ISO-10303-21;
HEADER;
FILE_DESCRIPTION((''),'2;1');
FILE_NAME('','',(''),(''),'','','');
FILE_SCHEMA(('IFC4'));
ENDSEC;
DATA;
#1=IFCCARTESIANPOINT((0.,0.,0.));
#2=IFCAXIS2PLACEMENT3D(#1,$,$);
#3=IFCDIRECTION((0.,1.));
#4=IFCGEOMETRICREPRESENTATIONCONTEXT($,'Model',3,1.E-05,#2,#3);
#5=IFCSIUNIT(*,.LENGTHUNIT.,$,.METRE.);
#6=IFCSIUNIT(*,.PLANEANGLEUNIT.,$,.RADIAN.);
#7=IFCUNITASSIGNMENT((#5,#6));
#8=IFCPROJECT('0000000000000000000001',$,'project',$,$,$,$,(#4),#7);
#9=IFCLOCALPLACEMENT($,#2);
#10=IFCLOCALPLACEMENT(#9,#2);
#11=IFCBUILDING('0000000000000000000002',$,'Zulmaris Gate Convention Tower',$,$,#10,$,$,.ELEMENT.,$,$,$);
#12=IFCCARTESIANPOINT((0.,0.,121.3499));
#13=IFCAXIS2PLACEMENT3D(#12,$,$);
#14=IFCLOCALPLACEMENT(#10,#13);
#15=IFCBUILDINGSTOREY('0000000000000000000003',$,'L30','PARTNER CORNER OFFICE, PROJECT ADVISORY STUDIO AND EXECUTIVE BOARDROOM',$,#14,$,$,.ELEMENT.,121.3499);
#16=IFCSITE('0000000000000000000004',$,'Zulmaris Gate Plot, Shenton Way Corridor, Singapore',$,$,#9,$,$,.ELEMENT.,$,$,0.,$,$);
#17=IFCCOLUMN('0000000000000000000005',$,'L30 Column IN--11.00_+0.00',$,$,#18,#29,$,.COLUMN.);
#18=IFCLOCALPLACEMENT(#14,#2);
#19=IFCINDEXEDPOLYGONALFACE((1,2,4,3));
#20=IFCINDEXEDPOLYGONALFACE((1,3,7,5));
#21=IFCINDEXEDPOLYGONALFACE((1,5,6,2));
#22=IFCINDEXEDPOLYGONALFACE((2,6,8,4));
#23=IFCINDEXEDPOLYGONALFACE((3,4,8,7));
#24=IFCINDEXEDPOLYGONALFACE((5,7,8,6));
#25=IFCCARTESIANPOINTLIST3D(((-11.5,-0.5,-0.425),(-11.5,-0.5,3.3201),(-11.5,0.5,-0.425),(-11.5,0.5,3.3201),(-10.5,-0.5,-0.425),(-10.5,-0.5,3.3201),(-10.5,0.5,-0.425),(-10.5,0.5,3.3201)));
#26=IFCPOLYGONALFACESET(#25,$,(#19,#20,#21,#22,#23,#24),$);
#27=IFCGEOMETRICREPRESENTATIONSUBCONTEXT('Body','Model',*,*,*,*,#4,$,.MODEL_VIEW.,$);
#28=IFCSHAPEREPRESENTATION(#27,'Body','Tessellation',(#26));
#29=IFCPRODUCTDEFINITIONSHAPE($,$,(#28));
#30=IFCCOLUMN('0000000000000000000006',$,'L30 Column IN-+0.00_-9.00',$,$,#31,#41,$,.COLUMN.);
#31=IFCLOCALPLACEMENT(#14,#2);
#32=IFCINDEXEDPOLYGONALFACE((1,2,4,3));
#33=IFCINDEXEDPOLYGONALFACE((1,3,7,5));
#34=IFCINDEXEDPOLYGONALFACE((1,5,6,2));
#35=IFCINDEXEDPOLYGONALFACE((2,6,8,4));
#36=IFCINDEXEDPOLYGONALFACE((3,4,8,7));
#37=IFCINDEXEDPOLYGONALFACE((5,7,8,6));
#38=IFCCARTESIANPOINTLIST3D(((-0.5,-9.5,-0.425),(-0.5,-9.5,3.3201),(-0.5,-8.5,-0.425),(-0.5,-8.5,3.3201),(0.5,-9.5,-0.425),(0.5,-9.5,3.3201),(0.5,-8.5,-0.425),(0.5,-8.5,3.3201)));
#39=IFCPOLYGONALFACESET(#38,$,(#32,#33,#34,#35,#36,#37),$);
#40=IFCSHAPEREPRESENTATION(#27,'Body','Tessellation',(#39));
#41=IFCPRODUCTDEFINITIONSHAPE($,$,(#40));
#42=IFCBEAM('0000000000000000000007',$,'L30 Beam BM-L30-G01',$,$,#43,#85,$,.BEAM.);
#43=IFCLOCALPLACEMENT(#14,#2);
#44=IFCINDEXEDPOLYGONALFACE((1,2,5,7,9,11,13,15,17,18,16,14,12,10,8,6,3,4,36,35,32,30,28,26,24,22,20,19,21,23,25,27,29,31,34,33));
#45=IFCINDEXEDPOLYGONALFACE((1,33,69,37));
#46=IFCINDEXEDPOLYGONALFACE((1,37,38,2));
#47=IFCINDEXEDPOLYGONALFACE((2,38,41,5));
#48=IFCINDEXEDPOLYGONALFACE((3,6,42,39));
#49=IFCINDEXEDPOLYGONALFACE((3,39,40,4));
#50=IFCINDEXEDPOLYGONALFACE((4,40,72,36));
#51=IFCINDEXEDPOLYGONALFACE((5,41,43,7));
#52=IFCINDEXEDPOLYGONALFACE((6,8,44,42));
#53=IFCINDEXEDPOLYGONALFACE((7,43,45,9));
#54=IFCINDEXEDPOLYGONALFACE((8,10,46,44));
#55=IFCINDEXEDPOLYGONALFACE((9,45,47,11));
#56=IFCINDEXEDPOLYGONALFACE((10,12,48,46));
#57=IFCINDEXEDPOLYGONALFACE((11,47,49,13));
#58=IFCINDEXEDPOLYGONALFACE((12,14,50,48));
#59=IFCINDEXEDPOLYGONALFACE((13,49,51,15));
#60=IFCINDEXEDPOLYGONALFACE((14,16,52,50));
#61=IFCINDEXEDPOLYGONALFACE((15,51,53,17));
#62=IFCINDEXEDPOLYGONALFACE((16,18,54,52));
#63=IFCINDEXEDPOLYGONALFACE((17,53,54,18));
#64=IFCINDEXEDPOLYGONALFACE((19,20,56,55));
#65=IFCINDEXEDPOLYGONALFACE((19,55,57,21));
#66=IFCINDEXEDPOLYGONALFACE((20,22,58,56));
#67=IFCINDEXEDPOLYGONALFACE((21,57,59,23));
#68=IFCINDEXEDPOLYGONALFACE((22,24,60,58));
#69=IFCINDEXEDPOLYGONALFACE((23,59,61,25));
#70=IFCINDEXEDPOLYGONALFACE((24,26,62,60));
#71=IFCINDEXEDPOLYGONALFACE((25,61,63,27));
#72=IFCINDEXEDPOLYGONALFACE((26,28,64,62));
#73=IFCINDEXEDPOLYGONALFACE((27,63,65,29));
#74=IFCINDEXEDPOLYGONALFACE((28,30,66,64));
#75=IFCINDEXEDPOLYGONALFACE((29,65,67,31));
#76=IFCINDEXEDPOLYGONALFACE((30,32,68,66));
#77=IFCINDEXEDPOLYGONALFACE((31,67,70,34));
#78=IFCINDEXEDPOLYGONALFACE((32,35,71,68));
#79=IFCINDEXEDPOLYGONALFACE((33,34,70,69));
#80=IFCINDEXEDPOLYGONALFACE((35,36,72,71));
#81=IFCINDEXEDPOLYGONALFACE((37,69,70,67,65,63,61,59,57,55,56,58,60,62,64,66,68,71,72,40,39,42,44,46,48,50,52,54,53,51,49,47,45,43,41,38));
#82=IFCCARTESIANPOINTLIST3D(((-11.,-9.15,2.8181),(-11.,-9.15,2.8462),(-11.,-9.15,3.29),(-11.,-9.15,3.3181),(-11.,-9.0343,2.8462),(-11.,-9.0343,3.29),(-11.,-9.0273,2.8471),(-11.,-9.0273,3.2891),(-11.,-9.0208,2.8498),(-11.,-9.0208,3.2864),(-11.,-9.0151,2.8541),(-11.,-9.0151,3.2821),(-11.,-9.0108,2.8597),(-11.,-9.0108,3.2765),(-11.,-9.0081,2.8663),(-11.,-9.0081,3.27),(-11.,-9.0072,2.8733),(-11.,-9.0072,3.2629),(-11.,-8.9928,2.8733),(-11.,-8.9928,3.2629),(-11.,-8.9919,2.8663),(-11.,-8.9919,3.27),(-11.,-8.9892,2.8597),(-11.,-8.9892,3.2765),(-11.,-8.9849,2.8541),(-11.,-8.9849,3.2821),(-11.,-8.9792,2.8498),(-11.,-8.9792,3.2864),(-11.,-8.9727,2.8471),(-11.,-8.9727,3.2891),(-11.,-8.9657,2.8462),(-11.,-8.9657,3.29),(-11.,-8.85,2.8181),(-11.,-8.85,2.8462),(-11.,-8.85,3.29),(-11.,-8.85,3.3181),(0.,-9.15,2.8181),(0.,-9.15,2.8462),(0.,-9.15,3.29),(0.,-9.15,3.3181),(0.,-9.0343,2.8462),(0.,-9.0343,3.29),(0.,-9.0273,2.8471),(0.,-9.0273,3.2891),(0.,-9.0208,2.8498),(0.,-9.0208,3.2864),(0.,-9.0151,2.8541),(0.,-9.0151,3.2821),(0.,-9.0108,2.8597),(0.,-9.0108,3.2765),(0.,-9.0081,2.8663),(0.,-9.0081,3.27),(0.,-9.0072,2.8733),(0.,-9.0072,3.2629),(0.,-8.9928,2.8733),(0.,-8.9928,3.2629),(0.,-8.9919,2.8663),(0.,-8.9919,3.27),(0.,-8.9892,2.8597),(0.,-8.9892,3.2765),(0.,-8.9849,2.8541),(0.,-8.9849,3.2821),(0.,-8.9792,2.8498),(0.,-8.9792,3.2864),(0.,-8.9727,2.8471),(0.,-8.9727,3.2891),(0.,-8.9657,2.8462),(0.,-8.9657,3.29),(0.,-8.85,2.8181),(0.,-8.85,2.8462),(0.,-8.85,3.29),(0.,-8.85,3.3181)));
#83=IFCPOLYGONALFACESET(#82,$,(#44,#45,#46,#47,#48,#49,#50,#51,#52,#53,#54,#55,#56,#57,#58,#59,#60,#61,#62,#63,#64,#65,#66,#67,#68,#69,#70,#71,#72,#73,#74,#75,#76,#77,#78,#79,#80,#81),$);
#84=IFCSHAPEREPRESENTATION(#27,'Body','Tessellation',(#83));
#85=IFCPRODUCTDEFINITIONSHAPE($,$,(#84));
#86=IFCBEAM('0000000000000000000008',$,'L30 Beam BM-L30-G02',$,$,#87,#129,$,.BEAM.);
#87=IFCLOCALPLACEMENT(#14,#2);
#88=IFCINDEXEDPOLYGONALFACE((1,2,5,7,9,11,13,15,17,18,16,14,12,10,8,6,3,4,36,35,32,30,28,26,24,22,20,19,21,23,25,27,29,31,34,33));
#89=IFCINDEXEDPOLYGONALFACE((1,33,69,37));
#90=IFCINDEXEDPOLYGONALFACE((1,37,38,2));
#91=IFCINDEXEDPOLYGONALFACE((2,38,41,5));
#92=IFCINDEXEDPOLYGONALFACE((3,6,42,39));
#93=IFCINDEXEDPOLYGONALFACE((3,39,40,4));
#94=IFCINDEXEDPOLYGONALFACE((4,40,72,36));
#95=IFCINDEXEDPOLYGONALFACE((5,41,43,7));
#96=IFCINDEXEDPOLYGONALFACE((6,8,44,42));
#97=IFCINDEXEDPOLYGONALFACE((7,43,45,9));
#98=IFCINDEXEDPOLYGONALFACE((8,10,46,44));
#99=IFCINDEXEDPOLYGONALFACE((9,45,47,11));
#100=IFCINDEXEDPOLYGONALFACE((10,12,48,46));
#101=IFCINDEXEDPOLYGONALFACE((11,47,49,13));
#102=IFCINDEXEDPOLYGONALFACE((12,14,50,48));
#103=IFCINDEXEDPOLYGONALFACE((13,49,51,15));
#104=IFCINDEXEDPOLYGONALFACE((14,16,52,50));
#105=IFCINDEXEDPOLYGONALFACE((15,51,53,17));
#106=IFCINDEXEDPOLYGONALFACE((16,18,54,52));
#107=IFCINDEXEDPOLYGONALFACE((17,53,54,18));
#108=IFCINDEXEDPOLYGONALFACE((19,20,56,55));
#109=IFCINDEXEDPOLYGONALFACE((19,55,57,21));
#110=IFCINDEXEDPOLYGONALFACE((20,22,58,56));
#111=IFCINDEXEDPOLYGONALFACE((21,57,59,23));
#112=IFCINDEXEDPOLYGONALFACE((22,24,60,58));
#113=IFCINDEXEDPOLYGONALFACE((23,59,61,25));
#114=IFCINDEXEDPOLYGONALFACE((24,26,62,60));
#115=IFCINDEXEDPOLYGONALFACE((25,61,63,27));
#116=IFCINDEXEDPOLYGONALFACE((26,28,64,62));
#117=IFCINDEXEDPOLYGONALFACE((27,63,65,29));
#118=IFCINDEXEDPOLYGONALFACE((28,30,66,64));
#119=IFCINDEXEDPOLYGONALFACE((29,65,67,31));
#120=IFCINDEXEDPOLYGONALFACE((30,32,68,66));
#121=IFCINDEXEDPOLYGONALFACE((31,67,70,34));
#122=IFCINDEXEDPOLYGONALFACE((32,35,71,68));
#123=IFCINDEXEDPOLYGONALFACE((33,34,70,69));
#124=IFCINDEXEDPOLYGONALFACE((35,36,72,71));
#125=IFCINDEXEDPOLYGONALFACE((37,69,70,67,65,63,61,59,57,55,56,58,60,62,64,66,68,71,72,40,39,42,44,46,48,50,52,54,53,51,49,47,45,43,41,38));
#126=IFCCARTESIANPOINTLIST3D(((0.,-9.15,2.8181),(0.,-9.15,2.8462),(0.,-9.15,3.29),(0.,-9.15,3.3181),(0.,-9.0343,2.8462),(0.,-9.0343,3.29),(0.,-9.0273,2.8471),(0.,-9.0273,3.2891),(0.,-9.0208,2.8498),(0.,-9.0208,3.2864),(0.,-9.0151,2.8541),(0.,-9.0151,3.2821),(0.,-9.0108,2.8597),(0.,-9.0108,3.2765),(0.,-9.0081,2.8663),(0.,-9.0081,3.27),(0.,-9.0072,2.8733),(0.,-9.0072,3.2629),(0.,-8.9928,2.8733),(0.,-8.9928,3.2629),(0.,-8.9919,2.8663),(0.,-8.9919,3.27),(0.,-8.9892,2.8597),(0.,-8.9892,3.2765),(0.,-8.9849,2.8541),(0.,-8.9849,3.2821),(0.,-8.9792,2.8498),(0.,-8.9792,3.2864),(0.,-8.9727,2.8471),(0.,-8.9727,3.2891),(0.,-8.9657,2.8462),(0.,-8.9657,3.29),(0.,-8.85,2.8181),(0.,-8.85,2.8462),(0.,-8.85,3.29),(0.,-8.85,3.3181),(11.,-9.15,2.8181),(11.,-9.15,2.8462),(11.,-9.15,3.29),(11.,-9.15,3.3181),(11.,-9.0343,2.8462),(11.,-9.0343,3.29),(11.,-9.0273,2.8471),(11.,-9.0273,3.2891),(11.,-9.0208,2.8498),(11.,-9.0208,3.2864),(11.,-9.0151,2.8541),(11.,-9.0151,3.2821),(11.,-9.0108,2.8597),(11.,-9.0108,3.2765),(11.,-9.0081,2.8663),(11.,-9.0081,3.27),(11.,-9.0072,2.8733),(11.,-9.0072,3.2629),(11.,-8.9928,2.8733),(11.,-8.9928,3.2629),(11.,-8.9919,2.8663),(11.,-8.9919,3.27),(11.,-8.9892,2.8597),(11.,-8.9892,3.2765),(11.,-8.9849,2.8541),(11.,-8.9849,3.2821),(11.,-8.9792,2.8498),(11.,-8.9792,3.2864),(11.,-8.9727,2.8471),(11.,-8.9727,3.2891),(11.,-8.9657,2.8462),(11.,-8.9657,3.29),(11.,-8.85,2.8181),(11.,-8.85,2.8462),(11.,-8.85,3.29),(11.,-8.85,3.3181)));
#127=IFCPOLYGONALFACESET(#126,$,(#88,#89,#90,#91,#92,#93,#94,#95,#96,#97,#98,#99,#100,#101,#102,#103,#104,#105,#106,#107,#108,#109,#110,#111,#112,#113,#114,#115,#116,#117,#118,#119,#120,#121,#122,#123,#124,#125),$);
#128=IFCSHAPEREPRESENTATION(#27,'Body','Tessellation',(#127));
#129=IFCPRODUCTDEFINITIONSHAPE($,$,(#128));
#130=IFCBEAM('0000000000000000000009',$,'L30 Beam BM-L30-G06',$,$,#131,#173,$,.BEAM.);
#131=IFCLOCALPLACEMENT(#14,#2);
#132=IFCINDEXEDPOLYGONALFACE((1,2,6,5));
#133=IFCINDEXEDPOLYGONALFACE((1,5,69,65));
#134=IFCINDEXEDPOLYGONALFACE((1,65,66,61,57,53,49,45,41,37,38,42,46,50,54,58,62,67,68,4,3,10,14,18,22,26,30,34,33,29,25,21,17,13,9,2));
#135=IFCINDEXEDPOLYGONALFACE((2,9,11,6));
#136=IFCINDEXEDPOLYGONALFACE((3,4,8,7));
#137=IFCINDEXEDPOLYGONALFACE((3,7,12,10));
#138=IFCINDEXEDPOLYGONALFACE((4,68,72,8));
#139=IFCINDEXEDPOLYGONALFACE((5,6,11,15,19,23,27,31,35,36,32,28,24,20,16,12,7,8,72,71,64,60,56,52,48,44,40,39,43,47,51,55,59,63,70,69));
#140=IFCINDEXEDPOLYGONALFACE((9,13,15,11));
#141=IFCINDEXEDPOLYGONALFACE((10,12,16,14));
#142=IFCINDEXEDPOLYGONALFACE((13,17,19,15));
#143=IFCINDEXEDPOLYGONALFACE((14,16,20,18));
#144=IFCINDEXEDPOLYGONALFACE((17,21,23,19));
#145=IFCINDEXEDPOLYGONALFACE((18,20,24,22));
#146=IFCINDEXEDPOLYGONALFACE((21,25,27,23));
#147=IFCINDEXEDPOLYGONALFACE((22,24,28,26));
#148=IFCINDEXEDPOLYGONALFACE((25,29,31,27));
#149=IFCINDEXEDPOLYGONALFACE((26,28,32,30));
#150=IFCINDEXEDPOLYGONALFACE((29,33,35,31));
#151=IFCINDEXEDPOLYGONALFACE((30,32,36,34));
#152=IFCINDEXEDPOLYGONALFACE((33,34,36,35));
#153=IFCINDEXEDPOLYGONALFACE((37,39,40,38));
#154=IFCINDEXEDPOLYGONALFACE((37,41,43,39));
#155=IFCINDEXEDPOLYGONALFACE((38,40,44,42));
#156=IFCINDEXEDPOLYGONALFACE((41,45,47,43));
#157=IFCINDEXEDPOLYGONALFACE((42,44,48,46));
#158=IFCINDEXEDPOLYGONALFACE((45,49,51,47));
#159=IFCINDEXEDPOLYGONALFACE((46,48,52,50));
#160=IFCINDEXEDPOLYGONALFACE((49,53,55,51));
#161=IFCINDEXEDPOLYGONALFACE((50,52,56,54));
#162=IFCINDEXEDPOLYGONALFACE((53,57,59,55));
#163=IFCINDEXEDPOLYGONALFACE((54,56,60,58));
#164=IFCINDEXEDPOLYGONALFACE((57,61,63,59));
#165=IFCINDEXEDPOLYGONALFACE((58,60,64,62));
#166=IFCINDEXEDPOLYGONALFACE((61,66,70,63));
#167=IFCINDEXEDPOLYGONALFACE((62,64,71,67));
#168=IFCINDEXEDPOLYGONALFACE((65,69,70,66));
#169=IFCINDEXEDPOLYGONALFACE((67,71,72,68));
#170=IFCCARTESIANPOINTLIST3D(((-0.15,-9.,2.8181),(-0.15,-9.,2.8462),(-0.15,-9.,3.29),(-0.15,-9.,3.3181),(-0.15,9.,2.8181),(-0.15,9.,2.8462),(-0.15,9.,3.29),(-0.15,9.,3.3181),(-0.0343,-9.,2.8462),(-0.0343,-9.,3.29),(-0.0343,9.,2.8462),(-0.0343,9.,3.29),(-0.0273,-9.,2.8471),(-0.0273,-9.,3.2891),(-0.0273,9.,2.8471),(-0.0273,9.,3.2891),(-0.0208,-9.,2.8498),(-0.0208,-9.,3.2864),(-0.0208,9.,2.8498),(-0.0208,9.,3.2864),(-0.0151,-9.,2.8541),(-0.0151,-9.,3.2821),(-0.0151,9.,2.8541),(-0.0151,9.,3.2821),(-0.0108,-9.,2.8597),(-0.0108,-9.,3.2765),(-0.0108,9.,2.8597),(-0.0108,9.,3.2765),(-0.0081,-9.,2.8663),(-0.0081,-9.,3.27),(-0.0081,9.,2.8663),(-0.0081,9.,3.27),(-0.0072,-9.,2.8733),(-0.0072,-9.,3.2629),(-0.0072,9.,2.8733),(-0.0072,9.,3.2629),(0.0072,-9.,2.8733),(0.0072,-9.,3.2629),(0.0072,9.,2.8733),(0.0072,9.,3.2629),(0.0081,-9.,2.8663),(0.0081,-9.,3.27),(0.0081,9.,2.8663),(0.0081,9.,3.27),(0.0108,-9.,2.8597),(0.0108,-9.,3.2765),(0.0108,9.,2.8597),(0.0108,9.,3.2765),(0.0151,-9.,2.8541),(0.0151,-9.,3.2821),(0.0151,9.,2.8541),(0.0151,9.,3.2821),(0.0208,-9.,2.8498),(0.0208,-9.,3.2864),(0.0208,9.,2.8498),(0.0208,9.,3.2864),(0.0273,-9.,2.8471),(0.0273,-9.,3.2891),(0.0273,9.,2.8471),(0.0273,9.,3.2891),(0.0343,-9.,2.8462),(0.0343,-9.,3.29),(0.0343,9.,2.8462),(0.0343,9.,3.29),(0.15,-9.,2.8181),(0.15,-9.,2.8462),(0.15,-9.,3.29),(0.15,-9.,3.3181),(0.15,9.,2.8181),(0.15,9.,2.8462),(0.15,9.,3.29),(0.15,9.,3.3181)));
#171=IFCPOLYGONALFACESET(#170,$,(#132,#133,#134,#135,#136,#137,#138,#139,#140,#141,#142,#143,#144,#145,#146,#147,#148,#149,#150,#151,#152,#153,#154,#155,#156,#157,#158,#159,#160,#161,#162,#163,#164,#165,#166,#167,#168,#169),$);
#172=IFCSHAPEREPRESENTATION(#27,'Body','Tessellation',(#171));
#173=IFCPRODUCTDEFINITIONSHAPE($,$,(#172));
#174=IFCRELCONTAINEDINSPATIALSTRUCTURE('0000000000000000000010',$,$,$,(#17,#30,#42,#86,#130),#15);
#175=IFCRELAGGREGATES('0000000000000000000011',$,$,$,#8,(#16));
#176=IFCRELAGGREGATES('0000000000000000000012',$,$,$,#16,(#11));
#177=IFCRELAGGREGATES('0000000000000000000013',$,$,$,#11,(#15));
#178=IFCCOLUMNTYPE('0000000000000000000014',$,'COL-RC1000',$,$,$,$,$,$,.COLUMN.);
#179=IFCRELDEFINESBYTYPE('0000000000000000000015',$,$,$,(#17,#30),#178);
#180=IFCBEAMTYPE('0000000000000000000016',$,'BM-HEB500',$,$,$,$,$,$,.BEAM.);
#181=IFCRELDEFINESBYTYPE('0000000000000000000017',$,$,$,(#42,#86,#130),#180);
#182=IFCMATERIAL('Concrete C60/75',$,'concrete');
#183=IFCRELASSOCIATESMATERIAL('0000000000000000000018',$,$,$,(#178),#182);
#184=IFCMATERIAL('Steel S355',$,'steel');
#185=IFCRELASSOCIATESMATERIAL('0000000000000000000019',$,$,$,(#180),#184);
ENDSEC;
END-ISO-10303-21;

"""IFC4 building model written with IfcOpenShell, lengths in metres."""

from ifc_helpers import new_model, si_unit, direction, frame, origin, origin_2d, place, context, subcontext, project, spatial, rectangle, i_section, extrude, material, material_profile, profile_set, type_object, element, save


model = new_model("IFC4")

# Units and contexts
model_context = context("Model", 3, precision=1e-05, world=origin(), true_north=direction((0.0, 1.0)))
body_context = subcontext(model_context, "Body", "Model", "MODEL_VIEW")
ifc_project = project(units=[si_unit("LENGTHUNIT", "METRE"), si_unit("PLANEANGLEUNIT", "RADIAN")], contexts=[model_context])

# Site, building, storey
site_placement = place(None, origin())
site = spatial("IfcSite", under=ifc_project, at=site_placement, Name="Zulmaris Gate Plot, Shenton Way Corridor, Singapore", CompositionType="ELEMENT", RefElevation=0.0)
building_placement = place(site_placement, origin())
building = spatial("IfcBuilding", under=site, at=building_placement, Name="Zulmaris Gate Convention Tower", CompositionType="ELEMENT")
storey_placement = place(building_placement, frame((0.0, 0.0, 121.3499)))
storey = spatial("IfcBuildingStorey", under=building, at=storey_placement, Name="L30", Description="PARTNER CORNER OFFICE, PROJECT ADVISORY STUDIO AND EXECUTIVE BOARDROOM", CompositionType="ELEMENT", Elevation=121.3499)

# Columns
ifc_material_1 = material(Name="Concrete C60/75", Category="concrete")
ifc_material_profile_1 = material_profile(ifc_material_1, rectangle(XDim=1.0, YDim=1.0, at=origin_2d()), Name="RC COL 1000x1000")
ifc_profile_set_1 = profile_set([ifc_material_profile_1], Name="Concrete C60/75")
column_type = type_object("IfcColumnType", Name="COL-RC1000", PredefinedType="COLUMN", material=ifc_profile_set_1)
for number, where, z_axis, x_axis, name in (
    (1, (-11.0, 0.0, -0.425), (0.0, 0.0, 1.0), (1.0, 0.0, 0.0), "L30 Column IN--11.00_+0.00"),
    (2, (0.0, -9.0, -0.425), (0.0, 0.0, 1.0), (1.0, 0.0, 0.0), "L30 Column IN-+0.00_-9.00"),
):
    element("IfcColumn", number, at=place(storey_placement, frame(where, z_axis=z_axis, x_axis=x_axis)), inside=storey, type_object=column_type, Name=name, PredefinedType="COLUMN", context=body_context, shape_type="SweptSolid", body=[
        extrude(rectangle(XDim=1.0, YDim=1.0, at=origin_2d()), origin(), (0.0, 0.0, 1.0), 3.7451),
    ])

# Beams
ifc_material_2 = material(Name="Steel S355", Category="steel")
ifc_material_profile_2 = material_profile(ifc_material_2, i_section(OverallWidth=0.3, OverallDepth=0.5, WebThickness=0.0144, FlangeThickness=0.0281, FilletRadius=0.0271, at=origin_2d()), Name="HEB 500")
ifc_profile_set_2 = profile_set([ifc_material_profile_2], Name="Steel S355")
beam_type = type_object("IfcBeamType", Name="BM-HEB500", PredefinedType="BEAM", material=ifc_profile_set_2)
for number, where, z_axis, x_axis, name in (
    (3, (-11.0, -9.0, 3.0681), (1.0, 0.0, 0.0), (0.0, 1.0, 0.0), "L30 Beam BM-L30-G01"),
    (4, (0.0, -9.0, 3.0681), (1.0, 0.0, 0.0), (0.0, 1.0, 0.0), "L30 Beam BM-L30-G02"),
):
    element("IfcBeam", number, at=place(storey_placement, frame(where, z_axis=z_axis, x_axis=x_axis)), inside=storey, type_object=beam_type, Name=name, PredefinedType="BEAM", context=body_context, shape_type="SweptSolid", body=[
        extrude(i_section(OverallWidth=0.3, OverallDepth=0.5, WebThickness=0.0144, FlangeThickness=0.0281, FilletRadius=0.0271, at=origin_2d()), origin(), (0.0, 0.0, 1.0), 11.0),
    ])
beam_placement = place(storey_placement, frame((0.0, -9.0, 3.0681), z_axis=(0.0, 1.0, 0.0), x_axis=(-1.0, 0.0, 0.0)))
element("IfcBeam", 5, at=beam_placement, inside=storey, type_object=beam_type, Name="L30 Beam BM-L30-G06", PredefinedType="BEAM", context=body_context, shape_type="SweptSolid", body=[
    extrude(i_section(OverallWidth=0.3, OverallDepth=0.5, WebThickness=0.0144, FlangeThickness=0.0281, FilletRadius=0.0271, at=origin_2d()), origin(), (0.0, 0.0, 1.0), 18.0),
])

save(model, "model.ifc")
